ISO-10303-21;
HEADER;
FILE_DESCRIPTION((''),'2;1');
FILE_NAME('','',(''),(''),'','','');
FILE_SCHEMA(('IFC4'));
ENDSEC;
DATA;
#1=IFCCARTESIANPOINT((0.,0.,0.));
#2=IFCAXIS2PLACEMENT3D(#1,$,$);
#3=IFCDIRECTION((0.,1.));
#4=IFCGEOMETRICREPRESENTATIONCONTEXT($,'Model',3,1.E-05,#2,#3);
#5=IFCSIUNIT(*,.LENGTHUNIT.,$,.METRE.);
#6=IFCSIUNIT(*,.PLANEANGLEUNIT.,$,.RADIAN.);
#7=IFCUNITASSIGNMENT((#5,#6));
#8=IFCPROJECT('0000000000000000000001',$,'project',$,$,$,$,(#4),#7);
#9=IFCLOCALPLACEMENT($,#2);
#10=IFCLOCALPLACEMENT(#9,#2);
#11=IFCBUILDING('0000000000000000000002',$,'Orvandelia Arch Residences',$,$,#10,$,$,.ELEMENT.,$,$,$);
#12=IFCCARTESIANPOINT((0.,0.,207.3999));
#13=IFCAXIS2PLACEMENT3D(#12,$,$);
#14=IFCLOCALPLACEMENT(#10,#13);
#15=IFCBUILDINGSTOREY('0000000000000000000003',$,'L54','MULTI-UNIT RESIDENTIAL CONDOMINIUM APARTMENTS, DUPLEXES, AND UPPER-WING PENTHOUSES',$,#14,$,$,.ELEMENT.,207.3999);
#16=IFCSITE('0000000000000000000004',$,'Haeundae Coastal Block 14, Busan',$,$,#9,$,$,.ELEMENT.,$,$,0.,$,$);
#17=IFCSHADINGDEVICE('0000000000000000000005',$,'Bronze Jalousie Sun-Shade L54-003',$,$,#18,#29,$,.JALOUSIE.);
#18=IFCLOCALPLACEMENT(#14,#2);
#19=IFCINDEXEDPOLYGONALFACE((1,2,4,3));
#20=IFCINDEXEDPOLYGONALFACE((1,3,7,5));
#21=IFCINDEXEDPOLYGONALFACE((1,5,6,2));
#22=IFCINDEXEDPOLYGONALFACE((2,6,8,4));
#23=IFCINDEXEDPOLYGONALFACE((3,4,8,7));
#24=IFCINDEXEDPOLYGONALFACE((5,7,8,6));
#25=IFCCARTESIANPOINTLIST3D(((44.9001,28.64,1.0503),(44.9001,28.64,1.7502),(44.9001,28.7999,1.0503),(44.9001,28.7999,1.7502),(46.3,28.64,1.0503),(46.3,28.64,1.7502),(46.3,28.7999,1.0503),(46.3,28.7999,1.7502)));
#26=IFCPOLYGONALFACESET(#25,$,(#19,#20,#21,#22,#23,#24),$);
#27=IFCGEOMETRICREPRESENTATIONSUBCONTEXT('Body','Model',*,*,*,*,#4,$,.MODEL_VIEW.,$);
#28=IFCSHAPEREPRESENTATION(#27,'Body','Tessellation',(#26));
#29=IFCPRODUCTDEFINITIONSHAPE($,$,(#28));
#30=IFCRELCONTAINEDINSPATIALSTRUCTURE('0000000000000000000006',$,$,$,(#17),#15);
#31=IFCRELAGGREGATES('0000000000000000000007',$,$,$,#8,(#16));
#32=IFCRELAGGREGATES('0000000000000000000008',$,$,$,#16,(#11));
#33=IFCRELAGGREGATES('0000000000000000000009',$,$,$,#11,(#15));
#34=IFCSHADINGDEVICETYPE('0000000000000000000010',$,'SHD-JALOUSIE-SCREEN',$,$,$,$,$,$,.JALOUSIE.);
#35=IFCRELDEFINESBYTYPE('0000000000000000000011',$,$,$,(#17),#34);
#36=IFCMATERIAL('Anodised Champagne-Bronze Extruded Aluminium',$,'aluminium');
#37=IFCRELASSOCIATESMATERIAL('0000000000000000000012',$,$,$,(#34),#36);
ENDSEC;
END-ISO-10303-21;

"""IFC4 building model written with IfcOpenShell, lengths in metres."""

from ifc_helpers import new_model, si_unit, direction, frame, origin, origin_2d, place, context, subcontext, project, spatial, rectangle, extrude, material, type_object, element, save


model = new_model("IFC4")

# Units and contexts
model_context = context("Model", 3, precision=1e-05, world=origin(), true_north=direction((0.0, 1.0)))
body_context = subcontext(model_context, "Body", "Model", "MODEL_VIEW")
ifc_project = project(units=[si_unit("LENGTHUNIT", "METRE"), si_unit("PLANEANGLEUNIT", "RADIAN")], contexts=[model_context])

# Site, building, storey
site_placement = place(None, origin())
site = spatial("IfcSite", under=ifc_project, at=site_placement, Name="Haeundae Coastal Block 14, Busan", CompositionType="ELEMENT", RefElevation=0.0)
building_placement = place(site_placement, origin())
building = spatial("IfcBuilding", under=site, at=building_placement, Name="Orvandelia Arch Residences", CompositionType="ELEMENT")
storey_placement = place(building_placement, frame((0.0, 0.0, 207.3999)))
storey = spatial("IfcBuildingStorey", under=building, at=storey_placement, Name="L54", Description="MULTI-UNIT RESIDENTIAL CONDOMINIUM APARTMENTS, DUPLEXES, AND UPPER-WING PENTHOUSES", CompositionType="ELEMENT", Elevation=207.3999)

# Shading device
ifc_material_1 = material(Name="Anodised Champagne-Bronze Extruded Aluminium", Category="aluminium")
shading_device_type = type_object("IfcShadingDeviceType", Name="SHD-JALOUSIE-SCREEN", PredefinedType="JALOUSIE", material=ifc_material_1)
shading_device_1_placement = place(storey_placement, frame((45.6001, 28.72, 1.0503), z_axis=(0.0, 0.0, 1.0), x_axis=(-1.0, 0.0, 0.0)))
element("IfcShadingDevice", 1, at=shading_device_1_placement, inside=storey, type_object=shading_device_type, Name="Bronze Jalousie Sun-Shade L54-003", PredefinedType="JALOUSIE", context=body_context, shape_type="SweptSolid", body=[
    extrude(rectangle(XDim=1.3999, YDim=0.1599, at=origin_2d()), origin(), (0.0, 0.0, 1.0), 0.7),
])

save(model, "model.ifc")
